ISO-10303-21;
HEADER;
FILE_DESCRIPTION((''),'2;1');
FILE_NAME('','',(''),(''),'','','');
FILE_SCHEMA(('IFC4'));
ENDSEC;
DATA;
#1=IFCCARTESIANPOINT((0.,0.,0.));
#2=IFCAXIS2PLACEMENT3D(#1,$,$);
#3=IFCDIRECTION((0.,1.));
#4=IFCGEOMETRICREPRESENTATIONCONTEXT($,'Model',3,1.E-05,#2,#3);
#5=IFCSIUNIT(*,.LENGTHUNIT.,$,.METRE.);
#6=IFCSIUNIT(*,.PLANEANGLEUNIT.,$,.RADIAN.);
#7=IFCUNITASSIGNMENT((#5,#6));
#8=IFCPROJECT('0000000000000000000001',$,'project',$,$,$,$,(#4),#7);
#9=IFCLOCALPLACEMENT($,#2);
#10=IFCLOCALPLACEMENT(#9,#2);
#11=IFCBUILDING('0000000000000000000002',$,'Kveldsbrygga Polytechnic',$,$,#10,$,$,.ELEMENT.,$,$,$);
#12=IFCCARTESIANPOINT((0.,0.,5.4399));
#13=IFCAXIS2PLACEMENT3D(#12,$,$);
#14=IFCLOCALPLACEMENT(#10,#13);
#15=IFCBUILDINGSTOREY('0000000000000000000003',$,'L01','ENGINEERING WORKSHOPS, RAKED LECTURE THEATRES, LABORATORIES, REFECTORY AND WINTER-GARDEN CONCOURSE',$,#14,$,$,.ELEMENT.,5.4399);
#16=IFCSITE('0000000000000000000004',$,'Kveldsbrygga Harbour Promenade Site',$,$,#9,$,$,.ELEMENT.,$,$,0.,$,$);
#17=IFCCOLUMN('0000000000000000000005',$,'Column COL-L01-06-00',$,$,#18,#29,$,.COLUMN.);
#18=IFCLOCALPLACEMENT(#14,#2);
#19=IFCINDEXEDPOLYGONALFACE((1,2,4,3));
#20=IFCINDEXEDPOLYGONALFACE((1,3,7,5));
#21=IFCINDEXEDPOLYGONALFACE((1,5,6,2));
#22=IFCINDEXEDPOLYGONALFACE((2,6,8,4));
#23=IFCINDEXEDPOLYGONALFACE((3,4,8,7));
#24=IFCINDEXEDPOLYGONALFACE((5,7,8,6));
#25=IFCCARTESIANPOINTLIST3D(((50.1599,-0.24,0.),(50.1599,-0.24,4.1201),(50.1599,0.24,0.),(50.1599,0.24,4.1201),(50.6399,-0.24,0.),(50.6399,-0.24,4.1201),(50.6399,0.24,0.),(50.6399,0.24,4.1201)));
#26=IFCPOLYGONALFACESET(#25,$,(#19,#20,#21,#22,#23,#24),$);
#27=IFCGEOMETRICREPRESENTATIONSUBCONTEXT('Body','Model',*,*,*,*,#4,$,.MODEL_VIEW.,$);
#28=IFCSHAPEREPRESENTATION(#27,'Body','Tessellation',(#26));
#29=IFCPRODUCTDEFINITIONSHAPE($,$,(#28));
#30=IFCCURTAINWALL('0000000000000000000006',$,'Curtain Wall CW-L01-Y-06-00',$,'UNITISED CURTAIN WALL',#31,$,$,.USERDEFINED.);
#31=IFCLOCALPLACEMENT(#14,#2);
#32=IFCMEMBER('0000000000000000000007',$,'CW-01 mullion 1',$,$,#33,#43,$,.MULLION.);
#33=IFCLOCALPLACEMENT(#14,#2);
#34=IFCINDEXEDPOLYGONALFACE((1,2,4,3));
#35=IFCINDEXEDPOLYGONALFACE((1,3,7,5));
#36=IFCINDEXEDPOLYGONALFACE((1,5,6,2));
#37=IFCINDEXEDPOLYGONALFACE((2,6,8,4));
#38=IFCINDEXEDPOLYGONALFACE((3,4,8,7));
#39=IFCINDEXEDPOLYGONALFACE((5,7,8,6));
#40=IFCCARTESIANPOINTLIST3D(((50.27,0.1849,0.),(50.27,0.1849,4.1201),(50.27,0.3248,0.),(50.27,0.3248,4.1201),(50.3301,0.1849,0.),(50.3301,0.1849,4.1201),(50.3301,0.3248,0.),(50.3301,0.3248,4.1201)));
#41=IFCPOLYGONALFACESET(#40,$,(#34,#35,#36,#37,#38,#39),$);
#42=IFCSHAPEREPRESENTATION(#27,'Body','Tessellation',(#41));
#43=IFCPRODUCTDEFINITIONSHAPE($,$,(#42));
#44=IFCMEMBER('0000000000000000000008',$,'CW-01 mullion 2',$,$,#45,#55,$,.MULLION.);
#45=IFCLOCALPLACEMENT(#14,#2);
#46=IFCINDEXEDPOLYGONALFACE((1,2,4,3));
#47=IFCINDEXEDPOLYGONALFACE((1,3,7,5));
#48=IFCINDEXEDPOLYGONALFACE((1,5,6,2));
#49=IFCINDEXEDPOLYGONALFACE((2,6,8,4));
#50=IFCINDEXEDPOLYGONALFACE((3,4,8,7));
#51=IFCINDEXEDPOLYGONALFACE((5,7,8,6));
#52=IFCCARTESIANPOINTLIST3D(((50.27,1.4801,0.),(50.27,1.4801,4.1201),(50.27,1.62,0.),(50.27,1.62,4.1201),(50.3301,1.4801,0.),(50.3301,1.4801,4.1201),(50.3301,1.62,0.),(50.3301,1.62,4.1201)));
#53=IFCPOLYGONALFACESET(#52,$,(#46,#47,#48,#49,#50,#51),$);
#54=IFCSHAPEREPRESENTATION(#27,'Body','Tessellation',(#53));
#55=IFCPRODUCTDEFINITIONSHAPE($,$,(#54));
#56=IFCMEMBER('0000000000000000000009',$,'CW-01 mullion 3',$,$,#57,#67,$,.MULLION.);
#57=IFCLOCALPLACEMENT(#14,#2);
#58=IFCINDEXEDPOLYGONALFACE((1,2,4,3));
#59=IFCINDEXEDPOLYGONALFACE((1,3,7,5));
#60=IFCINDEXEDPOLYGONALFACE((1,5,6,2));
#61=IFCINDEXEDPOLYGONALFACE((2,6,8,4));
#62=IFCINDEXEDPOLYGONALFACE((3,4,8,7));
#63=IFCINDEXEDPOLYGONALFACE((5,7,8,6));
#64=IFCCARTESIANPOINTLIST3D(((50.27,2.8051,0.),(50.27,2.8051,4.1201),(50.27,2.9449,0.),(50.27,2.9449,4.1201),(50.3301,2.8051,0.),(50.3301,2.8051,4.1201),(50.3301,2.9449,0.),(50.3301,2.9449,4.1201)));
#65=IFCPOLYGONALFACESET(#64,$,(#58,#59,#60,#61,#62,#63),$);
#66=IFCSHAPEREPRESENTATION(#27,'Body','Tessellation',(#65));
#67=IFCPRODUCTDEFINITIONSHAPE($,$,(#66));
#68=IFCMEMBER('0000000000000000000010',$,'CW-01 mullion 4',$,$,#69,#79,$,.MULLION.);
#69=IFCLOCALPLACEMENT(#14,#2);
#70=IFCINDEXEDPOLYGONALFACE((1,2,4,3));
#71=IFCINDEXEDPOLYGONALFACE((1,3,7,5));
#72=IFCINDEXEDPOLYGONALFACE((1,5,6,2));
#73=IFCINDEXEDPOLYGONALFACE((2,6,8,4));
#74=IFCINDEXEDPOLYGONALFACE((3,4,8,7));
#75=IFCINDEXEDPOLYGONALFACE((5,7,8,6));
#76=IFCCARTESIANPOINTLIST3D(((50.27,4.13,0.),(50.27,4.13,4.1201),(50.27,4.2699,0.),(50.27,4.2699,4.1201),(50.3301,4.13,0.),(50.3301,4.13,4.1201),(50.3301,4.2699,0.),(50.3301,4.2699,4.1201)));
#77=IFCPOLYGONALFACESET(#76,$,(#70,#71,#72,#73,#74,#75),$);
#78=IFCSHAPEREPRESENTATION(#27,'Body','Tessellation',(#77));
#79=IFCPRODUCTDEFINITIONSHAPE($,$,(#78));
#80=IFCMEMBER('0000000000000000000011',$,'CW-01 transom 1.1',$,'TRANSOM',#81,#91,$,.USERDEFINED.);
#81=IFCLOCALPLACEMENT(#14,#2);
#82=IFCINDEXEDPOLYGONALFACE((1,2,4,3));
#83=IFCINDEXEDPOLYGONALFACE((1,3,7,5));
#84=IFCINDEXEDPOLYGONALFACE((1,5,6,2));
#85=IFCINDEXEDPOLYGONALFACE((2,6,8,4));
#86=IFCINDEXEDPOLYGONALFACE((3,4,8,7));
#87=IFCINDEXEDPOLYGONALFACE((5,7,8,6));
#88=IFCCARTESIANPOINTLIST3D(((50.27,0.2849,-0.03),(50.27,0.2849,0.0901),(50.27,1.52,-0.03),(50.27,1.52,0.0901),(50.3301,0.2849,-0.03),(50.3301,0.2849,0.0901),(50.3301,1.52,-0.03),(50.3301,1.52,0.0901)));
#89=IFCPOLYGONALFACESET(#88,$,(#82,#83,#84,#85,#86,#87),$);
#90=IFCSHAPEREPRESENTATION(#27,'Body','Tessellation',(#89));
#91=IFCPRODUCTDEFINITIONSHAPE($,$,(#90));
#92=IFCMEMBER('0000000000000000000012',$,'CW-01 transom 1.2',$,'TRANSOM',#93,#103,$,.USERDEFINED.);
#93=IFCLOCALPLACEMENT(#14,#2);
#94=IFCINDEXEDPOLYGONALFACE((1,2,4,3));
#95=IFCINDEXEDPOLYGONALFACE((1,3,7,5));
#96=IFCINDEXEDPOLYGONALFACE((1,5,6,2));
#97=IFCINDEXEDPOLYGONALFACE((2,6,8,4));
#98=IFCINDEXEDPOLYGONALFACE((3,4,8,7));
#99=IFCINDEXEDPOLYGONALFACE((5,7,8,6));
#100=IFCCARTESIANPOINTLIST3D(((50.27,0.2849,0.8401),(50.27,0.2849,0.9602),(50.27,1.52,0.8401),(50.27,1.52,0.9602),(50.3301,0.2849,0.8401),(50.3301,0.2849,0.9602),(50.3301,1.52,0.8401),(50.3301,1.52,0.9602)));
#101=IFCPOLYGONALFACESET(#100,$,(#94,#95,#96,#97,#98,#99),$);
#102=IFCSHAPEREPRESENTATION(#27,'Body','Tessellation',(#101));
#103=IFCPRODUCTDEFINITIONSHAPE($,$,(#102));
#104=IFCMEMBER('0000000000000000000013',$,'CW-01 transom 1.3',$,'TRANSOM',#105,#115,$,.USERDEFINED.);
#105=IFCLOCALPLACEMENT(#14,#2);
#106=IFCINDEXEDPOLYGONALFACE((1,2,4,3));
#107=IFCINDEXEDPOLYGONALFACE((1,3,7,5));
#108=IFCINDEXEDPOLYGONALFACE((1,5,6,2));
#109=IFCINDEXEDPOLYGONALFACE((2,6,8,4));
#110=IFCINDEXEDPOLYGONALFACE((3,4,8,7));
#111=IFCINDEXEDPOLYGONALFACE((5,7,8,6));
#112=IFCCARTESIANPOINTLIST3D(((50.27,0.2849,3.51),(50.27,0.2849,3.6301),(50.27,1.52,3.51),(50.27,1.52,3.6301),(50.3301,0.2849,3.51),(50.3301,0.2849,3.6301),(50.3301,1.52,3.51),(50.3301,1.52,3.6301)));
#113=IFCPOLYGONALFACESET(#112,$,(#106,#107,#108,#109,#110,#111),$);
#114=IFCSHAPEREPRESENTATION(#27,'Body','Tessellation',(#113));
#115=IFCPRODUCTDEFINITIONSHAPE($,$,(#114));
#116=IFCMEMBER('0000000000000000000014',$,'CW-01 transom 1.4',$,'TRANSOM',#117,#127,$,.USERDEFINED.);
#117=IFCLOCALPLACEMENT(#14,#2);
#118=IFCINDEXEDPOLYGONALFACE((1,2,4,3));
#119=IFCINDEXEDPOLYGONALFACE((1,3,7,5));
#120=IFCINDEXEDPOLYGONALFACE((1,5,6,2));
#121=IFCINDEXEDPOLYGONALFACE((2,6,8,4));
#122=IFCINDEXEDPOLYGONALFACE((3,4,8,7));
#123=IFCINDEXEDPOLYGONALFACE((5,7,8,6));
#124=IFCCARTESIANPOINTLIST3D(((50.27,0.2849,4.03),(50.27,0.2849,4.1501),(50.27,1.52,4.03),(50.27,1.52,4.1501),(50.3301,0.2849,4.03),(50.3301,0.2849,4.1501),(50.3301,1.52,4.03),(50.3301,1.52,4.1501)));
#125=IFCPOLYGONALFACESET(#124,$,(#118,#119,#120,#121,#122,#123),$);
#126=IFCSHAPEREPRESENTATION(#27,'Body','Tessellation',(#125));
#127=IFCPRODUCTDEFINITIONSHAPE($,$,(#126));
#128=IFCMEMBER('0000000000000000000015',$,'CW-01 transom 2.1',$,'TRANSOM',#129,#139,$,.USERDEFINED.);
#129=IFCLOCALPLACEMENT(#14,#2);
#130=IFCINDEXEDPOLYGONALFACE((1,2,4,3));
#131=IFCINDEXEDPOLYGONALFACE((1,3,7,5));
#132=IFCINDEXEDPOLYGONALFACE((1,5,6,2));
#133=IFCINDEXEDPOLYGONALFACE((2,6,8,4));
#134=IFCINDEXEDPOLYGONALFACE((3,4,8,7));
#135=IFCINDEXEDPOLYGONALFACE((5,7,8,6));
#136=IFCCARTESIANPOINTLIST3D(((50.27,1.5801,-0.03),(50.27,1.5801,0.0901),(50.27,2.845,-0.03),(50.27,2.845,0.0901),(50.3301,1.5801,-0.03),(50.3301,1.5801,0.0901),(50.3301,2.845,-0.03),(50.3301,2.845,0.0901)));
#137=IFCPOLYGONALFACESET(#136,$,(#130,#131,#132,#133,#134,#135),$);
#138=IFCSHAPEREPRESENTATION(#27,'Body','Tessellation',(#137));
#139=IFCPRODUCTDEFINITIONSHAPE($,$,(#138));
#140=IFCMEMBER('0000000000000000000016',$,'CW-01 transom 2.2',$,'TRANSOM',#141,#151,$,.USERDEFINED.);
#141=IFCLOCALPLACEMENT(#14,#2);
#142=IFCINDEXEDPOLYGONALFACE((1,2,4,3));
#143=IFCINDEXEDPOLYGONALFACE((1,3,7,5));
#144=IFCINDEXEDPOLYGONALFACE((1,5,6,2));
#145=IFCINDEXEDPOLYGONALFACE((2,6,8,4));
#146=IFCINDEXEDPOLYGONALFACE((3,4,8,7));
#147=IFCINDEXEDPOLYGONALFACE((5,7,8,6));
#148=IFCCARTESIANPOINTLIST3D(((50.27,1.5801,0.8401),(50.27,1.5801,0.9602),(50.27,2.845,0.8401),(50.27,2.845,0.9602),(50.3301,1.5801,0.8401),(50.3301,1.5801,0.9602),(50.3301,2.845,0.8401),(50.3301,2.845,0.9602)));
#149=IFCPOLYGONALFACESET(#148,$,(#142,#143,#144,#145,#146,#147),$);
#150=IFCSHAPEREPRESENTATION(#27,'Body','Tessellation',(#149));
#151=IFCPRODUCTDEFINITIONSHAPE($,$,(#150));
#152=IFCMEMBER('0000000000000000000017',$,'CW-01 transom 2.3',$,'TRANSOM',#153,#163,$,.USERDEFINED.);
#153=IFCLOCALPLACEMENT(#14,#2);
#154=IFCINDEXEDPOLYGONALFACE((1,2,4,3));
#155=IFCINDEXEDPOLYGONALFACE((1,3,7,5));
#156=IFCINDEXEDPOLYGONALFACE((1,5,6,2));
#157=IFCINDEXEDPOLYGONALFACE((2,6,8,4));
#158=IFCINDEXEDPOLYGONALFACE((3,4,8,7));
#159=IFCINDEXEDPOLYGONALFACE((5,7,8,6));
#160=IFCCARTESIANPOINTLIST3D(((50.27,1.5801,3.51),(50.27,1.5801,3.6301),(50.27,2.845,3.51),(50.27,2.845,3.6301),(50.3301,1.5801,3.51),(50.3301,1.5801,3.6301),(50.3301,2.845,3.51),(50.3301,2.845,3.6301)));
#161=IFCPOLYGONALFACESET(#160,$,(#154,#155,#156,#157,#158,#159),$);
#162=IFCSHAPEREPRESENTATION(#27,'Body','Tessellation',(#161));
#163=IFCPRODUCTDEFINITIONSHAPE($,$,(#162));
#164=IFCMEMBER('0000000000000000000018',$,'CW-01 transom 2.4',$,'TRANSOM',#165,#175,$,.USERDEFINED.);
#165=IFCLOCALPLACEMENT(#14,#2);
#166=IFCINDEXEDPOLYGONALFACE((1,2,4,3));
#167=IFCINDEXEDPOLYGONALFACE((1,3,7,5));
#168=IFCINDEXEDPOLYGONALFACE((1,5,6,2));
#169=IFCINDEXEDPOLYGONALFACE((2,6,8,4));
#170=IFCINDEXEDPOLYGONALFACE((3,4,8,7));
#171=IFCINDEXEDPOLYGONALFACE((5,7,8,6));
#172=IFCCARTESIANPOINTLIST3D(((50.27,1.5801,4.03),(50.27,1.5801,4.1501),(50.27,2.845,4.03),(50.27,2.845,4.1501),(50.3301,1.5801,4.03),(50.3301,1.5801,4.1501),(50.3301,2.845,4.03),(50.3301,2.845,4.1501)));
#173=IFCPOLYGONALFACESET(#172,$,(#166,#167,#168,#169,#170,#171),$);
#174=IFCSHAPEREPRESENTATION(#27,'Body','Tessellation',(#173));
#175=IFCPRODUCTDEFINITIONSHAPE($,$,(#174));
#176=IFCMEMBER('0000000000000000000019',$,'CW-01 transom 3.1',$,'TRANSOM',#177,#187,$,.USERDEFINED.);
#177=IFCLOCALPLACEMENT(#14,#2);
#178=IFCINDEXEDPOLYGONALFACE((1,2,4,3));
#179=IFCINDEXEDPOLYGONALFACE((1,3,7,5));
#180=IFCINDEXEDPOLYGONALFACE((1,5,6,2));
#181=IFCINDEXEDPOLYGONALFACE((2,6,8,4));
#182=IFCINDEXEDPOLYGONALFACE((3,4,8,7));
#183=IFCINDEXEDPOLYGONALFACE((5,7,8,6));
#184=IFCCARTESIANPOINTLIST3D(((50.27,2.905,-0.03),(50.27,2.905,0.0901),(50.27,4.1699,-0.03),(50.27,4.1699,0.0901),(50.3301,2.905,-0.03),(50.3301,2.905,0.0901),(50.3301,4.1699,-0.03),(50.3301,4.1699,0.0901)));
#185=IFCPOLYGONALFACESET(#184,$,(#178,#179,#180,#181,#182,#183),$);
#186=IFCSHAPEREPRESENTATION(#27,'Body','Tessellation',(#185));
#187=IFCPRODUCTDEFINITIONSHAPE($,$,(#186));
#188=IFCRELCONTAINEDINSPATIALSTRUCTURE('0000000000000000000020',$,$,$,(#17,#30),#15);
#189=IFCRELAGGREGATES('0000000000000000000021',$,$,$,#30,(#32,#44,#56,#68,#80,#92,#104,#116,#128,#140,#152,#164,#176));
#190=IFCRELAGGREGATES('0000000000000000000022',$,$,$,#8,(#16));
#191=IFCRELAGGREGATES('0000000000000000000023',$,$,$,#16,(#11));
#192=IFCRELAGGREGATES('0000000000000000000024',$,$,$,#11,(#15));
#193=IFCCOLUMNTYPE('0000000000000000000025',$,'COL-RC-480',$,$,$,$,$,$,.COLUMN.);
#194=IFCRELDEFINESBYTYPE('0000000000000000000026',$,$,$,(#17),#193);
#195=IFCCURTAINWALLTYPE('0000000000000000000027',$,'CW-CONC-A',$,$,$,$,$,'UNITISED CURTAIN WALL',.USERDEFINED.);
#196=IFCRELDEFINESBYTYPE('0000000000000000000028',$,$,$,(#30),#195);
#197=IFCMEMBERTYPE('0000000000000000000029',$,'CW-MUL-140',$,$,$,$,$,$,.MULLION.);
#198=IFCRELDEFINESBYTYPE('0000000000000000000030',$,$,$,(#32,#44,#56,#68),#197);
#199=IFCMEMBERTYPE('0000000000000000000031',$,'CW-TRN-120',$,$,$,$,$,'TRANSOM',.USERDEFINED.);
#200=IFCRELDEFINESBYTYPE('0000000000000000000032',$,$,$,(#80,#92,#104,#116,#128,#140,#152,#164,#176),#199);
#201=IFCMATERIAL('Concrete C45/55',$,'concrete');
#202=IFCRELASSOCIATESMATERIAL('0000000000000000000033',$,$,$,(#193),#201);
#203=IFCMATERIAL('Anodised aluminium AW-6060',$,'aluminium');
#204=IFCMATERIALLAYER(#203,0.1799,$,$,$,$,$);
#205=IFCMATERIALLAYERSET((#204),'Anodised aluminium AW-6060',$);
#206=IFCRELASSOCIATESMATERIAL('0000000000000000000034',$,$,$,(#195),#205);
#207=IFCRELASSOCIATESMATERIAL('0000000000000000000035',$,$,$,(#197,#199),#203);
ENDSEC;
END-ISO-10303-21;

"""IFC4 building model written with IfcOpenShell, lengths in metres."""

from ifc_helpers import new_model, si_unit, direction, frame, origin, origin_2d, place, context, subcontext, project, spatial, rectangle, extrude, material, layer, layer_set, material_profile, profile_set, type_object, element, aggregate, save


model = new_model("IFC4")

# Units and contexts
model_context = context("Model", 3, precision=1e-05, world=origin(), true_north=direction((0.0, 1.0)))
body_context = subcontext(model_context, "Body", "Model", "MODEL_VIEW")
ifc_project = project(units=[si_unit("LENGTHUNIT", "METRE"), si_unit("PLANEANGLEUNIT", "RADIAN")], contexts=[model_context])

# Site, building, storey
site_placement = place(None, origin())
site = spatial("IfcSite", under=ifc_project, at=site_placement, Name="Kveldsbrygga Harbour Promenade Site", CompositionType="ELEMENT", RefElevation=0.0)
building_placement = place(site_placement, origin())
building = spatial("IfcBuilding", under=site, at=building_placement, Name="Kveldsbrygga Polytechnic", CompositionType="ELEMENT")
storey_placement = place(building_placement, frame((0.0, 0.0, 5.4399)))
storey = spatial("IfcBuildingStorey", under=building, at=storey_placement, Name="L01", Description="ENGINEERING WORKSHOPS, RAKED LECTURE THEATRES, LABORATORIES, REFECTORY AND WINTER-GARDEN CONCOURSE", CompositionType="ELEMENT", Elevation=5.4399)

# Column
ifc_material_1 = material(Name="Concrete C45/55", Category="concrete")
ifc_material_profile_1 = material_profile(ifc_material_1, rectangle(XDim=0.48, YDim=0.48, at=origin_2d()), Name="RC 480x480")
ifc_profile_set_1 = profile_set([ifc_material_profile_1], Name="Concrete C45/55")
column_type = type_object("IfcColumnType", Name="COL-RC-480", PredefinedType="COLUMN", material=ifc_profile_set_1)
column_placement = place(storey_placement, frame((50.3999, 0.0, 0.0), z_axis=(0.0, 0.0, 1.0), x_axis=(1.0, 0.0, 0.0)))
element("IfcColumn", 1, at=column_placement, inside=storey, type_object=column_type, Name="Column COL-L01-06-00", PredefinedType="COLUMN", context=body_context, shape_type="SweptSolid", body=[
    extrude(rectangle(XDim=0.48, YDim=0.48, at=origin_2d()), origin(), (0.0, 0.0, 1.0), 4.1201),
])

# Curtain wall, members
ifc_material_2 = material(Name="Anodised aluminium AW-6060", Category="aluminium")
ifc_layer_1 = layer(ifc_material_2, 0.1799)
ifc_layer_set_1 = layer_set([ifc_layer_1], Name="Anodised aluminium AW-6060")
curtain_wall_type = type_object("IfcCurtainWallType", Name="CW-CONC-A", ElementType="UNITISED CURTAIN WALL", PredefinedType="USERDEFINED", material=ifc_layer_set_1)
curtain_wall_placement = place(storey_placement, origin())
curtain_wall = element("IfcCurtainWall", 2, at=curtain_wall_placement, inside=storey, type_object=curtain_wall_type, Name="Curtain Wall CW-L01-Y-06-00", ObjectType="UNITISED CURTAIN WALL", PredefinedType="USERDEFINED")
ifc_material_profile_2 = material_profile(ifc_material_2, rectangle(XDim=0.0601, YDim=0.1399, at=origin_2d()), Name="ALU 60x140")
ifc_profile_set_2 = profile_set([ifc_material_profile_2], Name="Anodised aluminium AW-6060")
member_type_1 = type_object("IfcMemberType", Name="CW-MUL-140", PredefinedType="MULLION", material=ifc_profile_set_2)
member_1_placement = place(storey_placement, frame((50.3, 0.2549, 0.0), z_axis=(0.0, 0.0, 1.0), x_axis=(-1.0, 0.0, 0.0)))
member_1 = element("IfcMember", 3, at=member_1_placement, type_object=member_type_1, Name="CW-01 mullion 1", PredefinedType="MULLION", context=body_context, shape_type="SweptSolid", body=[
    extrude(rectangle(XDim=0.0601, YDim=0.1399, at=origin_2d()), origin(), (0.0, 0.0, 1.0), 4.1201),
])
member_2_placement = place(storey_placement, frame((50.3, 1.55, 0.0), z_axis=(0.0, 0.0, 1.0), x_axis=(-1.0, 0.0, 0.0)))
member_2 = element("IfcMember", 4, at=member_2_placement, type_object=member_type_1, Name="CW-01 mullion 2", PredefinedType="MULLION", context=body_context, shape_type="SweptSolid", body=[
    extrude(rectangle(XDim=0.0601, YDim=0.1399, at=origin_2d()), origin(), (0.0, 0.0, 1.0), 4.1201),
])
member_3_placement = place(storey_placement, frame((50.3, 2.875, 0.0), z_axis=(0.0, 0.0, 1.0), x_axis=(-1.0, 0.0, 0.0)))
member_3 = element("IfcMember", 5, at=member_3_placement, type_object=member_type_1, Name="CW-01 mullion 3", PredefinedType="MULLION", context=body_context, shape_type="SweptSolid", body=[
    extrude(rectangle(XDim=0.0601, YDim=0.1399, at=origin_2d()), origin(), (0.0, 0.0, 1.0), 4.1201),
])
member_4_placement = place(storey_placement, frame((50.3, 4.2, 0.0), z_axis=(0.0, 0.0, 1.0), x_axis=(-1.0, 0.0, 0.0)))
member_4 = element("IfcMember", 6, at=member_4_placement, type_object=member_type_1, Name="CW-01 mullion 4", PredefinedType="MULLION", context=body_context, shape_type="SweptSolid", body=[
    extrude(rectangle(XDim=0.0601, YDim=0.1399, at=origin_2d()), origin(), (0.0, 0.0, 1.0), 4.1201),
])
ifc_material_profile_3 = material_profile(ifc_material_2, rectangle(XDim=0.0601, YDim=0.1201, at=origin_2d()), Name="ALU 60x120")
ifc_profile_set_3 = profile_set([ifc_material_profile_3], Name="Anodised aluminium AW-6060")
member_type_2 = type_object("IfcMemberType", Name="CW-TRN-120", ElementType="TRANSOM", PredefinedType="USERDEFINED", material=ifc_profile_set_3)
member_5_placement = place(storey_placement, frame((50.3, 0.2849, 0.03), z_axis=(0.0, 1.0, 0.0), x_axis=(-1.0, 0.0, 0.0)))
member_5 = element("IfcMember", 7, at=member_5_placement, type_object=member_type_2, Name="CW-01 transom 1.1", ObjectType="TRANSOM", PredefinedType="USERDEFINED", context=body_context, shape_type="SweptSolid", body=[
    extrude(rectangle(XDim=0.0601, YDim=0.1201, at=origin_2d()), origin(), (0.0, 0.0, 1.0), 1.2351),
])
member_6_placement = place(storey_placement, frame((50.3, 0.2849, 0.9001), z_axis=(0.0, 1.0, 0.0), x_axis=(-1.0, 0.0, 0.0)))
member_6 = element("IfcMember", 8, at=member_6_placement, type_object=member_type_2, Name="CW-01 transom 1.2", ObjectType="TRANSOM", PredefinedType="USERDEFINED", context=body_context, shape_type="SweptSolid", body=[
    extrude(rectangle(XDim=0.0601, YDim=0.1201, at=origin_2d()), origin(), (0.0, 0.0, 1.0), 1.2351),
])
member_7_placement = place(storey_placement, frame((50.3, 0.2849, 3.5701), z_axis=(0.0, 1.0, 0.0), x_axis=(-1.0, 0.0, 0.0)))
member_7 = element("IfcMember", 9, at=member_7_placement, type_object=member_type_2, Name="CW-01 transom 1.3", ObjectType="TRANSOM", PredefinedType="USERDEFINED", context=body_context, shape_type="SweptSolid", body=[
    extrude(rectangle(XDim=0.0601, YDim=0.1201, at=origin_2d()), origin(), (0.0, 0.0, 1.0), 1.2351),
])
member_8_placement = place(storey_placement, frame((50.3, 0.2849, 4.0901), z_axis=(0.0, 1.0, 0.0), x_axis=(-1.0, 0.0, 0.0)))
member_8 = element("IfcMember", 10, at=member_8_placement, type_object=member_type_2, Name="CW-01 transom 1.4", ObjectType="TRANSOM", PredefinedType="USERDEFINED", context=body_context, shape_type="SweptSolid", body=[
    extrude(rectangle(XDim=0.0601, YDim=0.1201, at=origin_2d()), origin(), (0.0, 0.0, 1.0), 1.2351),
])
member_9_placement = place(storey_placement, frame((50.3, 1.5801, 0.03), z_axis=(0.0, 1.0, 0.0), x_axis=(-1.0, 0.0, 0.0)))
member_9 = element("IfcMember", 11, at=member_9_placement, type_object=member_type_2, Name="CW-01 transom 2.1", ObjectType="TRANSOM", PredefinedType="USERDEFINED", context=body_context, shape_type="SweptSolid", body=[
    extrude(rectangle(XDim=0.0601, YDim=0.1201, at=origin_2d()), origin(), (0.0, 0.0, 1.0), 1.2649),
])
member_10_placement = place(storey_placement, frame((50.3, 1.5801, 0.9001), z_axis=(0.0, 1.0, 0.0), x_axis=(-1.0, 0.0, 0.0)))
member_10 = element("IfcMember", 12, at=member_10_placement, type_object=member_type_2, Name="CW-01 transom 2.2", ObjectType="TRANSOM", PredefinedType="USERDEFINED", context=body_context, shape_type="SweptSolid", body=[
    extrude(rectangle(XDim=0.0601, YDim=0.1201, at=origin_2d()), origin(), (0.0, 0.0, 1.0), 1.2649),
])
member_11_placement = place(storey_placement, frame((50.3, 1.5801, 3.5701), z_axis=(0.0, 1.0, 0.0), x_axis=(-1.0, 0.0, 0.0)))
member_11 = element("IfcMember", 13, at=member_11_placement, type_object=member_type_2, Name="CW-01 transom 2.3", ObjectType="TRANSOM", PredefinedType="USERDEFINED", context=body_context, shape_type="SweptSolid", body=[
    extrude(rectangle(XDim=0.0601, YDim=0.1201, at=origin_2d()), origin(), (0.0, 0.0, 1.0), 1.2649),
])
member_12_placement = place(storey_placement, frame((50.3, 1.5801, 4.0901), z_axis=(0.0, 1.0, 0.0), x_axis=(-1.0, 0.0, 0.0)))
member_12 = element("IfcMember", 14, at=member_12_placement, type_object=member_type_2, Name="CW-01 transom 2.4", ObjectType="TRANSOM", PredefinedType="USERDEFINED", context=body_context, shape_type="SweptSolid", body=[
    extrude(rectangle(XDim=0.0601, YDim=0.1201, at=origin_2d()), origin(), (0.0, 0.0, 1.0), 1.2649),
])
member_13_placement = place(storey_placement, frame((50.3, 2.905, 0.03), z_axis=(0.0, 1.0, 0.0), x_axis=(-1.0, 0.0, 0.0)))
member_13 = element("IfcMember", 15, at=member_13_placement, type_object=member_type_2, Name="CW-01 transom 3.1", ObjectType="TRANSOM", PredefinedType="USERDEFINED", context=body_context, shape_type="SweptSolid", body=[
    extrude(rectangle(XDim=0.0601, YDim=0.1201, at=origin_2d()), origin(), (0.0, 0.0, 1.0), 1.2649),
])

aggregate(curtain_wall, [member_1, member_2, member_3, member_4, member_5, member_6, member_7, member_8, member_9, member_10, member_11, member_12, member_13])

save(model, "model.ifc")
